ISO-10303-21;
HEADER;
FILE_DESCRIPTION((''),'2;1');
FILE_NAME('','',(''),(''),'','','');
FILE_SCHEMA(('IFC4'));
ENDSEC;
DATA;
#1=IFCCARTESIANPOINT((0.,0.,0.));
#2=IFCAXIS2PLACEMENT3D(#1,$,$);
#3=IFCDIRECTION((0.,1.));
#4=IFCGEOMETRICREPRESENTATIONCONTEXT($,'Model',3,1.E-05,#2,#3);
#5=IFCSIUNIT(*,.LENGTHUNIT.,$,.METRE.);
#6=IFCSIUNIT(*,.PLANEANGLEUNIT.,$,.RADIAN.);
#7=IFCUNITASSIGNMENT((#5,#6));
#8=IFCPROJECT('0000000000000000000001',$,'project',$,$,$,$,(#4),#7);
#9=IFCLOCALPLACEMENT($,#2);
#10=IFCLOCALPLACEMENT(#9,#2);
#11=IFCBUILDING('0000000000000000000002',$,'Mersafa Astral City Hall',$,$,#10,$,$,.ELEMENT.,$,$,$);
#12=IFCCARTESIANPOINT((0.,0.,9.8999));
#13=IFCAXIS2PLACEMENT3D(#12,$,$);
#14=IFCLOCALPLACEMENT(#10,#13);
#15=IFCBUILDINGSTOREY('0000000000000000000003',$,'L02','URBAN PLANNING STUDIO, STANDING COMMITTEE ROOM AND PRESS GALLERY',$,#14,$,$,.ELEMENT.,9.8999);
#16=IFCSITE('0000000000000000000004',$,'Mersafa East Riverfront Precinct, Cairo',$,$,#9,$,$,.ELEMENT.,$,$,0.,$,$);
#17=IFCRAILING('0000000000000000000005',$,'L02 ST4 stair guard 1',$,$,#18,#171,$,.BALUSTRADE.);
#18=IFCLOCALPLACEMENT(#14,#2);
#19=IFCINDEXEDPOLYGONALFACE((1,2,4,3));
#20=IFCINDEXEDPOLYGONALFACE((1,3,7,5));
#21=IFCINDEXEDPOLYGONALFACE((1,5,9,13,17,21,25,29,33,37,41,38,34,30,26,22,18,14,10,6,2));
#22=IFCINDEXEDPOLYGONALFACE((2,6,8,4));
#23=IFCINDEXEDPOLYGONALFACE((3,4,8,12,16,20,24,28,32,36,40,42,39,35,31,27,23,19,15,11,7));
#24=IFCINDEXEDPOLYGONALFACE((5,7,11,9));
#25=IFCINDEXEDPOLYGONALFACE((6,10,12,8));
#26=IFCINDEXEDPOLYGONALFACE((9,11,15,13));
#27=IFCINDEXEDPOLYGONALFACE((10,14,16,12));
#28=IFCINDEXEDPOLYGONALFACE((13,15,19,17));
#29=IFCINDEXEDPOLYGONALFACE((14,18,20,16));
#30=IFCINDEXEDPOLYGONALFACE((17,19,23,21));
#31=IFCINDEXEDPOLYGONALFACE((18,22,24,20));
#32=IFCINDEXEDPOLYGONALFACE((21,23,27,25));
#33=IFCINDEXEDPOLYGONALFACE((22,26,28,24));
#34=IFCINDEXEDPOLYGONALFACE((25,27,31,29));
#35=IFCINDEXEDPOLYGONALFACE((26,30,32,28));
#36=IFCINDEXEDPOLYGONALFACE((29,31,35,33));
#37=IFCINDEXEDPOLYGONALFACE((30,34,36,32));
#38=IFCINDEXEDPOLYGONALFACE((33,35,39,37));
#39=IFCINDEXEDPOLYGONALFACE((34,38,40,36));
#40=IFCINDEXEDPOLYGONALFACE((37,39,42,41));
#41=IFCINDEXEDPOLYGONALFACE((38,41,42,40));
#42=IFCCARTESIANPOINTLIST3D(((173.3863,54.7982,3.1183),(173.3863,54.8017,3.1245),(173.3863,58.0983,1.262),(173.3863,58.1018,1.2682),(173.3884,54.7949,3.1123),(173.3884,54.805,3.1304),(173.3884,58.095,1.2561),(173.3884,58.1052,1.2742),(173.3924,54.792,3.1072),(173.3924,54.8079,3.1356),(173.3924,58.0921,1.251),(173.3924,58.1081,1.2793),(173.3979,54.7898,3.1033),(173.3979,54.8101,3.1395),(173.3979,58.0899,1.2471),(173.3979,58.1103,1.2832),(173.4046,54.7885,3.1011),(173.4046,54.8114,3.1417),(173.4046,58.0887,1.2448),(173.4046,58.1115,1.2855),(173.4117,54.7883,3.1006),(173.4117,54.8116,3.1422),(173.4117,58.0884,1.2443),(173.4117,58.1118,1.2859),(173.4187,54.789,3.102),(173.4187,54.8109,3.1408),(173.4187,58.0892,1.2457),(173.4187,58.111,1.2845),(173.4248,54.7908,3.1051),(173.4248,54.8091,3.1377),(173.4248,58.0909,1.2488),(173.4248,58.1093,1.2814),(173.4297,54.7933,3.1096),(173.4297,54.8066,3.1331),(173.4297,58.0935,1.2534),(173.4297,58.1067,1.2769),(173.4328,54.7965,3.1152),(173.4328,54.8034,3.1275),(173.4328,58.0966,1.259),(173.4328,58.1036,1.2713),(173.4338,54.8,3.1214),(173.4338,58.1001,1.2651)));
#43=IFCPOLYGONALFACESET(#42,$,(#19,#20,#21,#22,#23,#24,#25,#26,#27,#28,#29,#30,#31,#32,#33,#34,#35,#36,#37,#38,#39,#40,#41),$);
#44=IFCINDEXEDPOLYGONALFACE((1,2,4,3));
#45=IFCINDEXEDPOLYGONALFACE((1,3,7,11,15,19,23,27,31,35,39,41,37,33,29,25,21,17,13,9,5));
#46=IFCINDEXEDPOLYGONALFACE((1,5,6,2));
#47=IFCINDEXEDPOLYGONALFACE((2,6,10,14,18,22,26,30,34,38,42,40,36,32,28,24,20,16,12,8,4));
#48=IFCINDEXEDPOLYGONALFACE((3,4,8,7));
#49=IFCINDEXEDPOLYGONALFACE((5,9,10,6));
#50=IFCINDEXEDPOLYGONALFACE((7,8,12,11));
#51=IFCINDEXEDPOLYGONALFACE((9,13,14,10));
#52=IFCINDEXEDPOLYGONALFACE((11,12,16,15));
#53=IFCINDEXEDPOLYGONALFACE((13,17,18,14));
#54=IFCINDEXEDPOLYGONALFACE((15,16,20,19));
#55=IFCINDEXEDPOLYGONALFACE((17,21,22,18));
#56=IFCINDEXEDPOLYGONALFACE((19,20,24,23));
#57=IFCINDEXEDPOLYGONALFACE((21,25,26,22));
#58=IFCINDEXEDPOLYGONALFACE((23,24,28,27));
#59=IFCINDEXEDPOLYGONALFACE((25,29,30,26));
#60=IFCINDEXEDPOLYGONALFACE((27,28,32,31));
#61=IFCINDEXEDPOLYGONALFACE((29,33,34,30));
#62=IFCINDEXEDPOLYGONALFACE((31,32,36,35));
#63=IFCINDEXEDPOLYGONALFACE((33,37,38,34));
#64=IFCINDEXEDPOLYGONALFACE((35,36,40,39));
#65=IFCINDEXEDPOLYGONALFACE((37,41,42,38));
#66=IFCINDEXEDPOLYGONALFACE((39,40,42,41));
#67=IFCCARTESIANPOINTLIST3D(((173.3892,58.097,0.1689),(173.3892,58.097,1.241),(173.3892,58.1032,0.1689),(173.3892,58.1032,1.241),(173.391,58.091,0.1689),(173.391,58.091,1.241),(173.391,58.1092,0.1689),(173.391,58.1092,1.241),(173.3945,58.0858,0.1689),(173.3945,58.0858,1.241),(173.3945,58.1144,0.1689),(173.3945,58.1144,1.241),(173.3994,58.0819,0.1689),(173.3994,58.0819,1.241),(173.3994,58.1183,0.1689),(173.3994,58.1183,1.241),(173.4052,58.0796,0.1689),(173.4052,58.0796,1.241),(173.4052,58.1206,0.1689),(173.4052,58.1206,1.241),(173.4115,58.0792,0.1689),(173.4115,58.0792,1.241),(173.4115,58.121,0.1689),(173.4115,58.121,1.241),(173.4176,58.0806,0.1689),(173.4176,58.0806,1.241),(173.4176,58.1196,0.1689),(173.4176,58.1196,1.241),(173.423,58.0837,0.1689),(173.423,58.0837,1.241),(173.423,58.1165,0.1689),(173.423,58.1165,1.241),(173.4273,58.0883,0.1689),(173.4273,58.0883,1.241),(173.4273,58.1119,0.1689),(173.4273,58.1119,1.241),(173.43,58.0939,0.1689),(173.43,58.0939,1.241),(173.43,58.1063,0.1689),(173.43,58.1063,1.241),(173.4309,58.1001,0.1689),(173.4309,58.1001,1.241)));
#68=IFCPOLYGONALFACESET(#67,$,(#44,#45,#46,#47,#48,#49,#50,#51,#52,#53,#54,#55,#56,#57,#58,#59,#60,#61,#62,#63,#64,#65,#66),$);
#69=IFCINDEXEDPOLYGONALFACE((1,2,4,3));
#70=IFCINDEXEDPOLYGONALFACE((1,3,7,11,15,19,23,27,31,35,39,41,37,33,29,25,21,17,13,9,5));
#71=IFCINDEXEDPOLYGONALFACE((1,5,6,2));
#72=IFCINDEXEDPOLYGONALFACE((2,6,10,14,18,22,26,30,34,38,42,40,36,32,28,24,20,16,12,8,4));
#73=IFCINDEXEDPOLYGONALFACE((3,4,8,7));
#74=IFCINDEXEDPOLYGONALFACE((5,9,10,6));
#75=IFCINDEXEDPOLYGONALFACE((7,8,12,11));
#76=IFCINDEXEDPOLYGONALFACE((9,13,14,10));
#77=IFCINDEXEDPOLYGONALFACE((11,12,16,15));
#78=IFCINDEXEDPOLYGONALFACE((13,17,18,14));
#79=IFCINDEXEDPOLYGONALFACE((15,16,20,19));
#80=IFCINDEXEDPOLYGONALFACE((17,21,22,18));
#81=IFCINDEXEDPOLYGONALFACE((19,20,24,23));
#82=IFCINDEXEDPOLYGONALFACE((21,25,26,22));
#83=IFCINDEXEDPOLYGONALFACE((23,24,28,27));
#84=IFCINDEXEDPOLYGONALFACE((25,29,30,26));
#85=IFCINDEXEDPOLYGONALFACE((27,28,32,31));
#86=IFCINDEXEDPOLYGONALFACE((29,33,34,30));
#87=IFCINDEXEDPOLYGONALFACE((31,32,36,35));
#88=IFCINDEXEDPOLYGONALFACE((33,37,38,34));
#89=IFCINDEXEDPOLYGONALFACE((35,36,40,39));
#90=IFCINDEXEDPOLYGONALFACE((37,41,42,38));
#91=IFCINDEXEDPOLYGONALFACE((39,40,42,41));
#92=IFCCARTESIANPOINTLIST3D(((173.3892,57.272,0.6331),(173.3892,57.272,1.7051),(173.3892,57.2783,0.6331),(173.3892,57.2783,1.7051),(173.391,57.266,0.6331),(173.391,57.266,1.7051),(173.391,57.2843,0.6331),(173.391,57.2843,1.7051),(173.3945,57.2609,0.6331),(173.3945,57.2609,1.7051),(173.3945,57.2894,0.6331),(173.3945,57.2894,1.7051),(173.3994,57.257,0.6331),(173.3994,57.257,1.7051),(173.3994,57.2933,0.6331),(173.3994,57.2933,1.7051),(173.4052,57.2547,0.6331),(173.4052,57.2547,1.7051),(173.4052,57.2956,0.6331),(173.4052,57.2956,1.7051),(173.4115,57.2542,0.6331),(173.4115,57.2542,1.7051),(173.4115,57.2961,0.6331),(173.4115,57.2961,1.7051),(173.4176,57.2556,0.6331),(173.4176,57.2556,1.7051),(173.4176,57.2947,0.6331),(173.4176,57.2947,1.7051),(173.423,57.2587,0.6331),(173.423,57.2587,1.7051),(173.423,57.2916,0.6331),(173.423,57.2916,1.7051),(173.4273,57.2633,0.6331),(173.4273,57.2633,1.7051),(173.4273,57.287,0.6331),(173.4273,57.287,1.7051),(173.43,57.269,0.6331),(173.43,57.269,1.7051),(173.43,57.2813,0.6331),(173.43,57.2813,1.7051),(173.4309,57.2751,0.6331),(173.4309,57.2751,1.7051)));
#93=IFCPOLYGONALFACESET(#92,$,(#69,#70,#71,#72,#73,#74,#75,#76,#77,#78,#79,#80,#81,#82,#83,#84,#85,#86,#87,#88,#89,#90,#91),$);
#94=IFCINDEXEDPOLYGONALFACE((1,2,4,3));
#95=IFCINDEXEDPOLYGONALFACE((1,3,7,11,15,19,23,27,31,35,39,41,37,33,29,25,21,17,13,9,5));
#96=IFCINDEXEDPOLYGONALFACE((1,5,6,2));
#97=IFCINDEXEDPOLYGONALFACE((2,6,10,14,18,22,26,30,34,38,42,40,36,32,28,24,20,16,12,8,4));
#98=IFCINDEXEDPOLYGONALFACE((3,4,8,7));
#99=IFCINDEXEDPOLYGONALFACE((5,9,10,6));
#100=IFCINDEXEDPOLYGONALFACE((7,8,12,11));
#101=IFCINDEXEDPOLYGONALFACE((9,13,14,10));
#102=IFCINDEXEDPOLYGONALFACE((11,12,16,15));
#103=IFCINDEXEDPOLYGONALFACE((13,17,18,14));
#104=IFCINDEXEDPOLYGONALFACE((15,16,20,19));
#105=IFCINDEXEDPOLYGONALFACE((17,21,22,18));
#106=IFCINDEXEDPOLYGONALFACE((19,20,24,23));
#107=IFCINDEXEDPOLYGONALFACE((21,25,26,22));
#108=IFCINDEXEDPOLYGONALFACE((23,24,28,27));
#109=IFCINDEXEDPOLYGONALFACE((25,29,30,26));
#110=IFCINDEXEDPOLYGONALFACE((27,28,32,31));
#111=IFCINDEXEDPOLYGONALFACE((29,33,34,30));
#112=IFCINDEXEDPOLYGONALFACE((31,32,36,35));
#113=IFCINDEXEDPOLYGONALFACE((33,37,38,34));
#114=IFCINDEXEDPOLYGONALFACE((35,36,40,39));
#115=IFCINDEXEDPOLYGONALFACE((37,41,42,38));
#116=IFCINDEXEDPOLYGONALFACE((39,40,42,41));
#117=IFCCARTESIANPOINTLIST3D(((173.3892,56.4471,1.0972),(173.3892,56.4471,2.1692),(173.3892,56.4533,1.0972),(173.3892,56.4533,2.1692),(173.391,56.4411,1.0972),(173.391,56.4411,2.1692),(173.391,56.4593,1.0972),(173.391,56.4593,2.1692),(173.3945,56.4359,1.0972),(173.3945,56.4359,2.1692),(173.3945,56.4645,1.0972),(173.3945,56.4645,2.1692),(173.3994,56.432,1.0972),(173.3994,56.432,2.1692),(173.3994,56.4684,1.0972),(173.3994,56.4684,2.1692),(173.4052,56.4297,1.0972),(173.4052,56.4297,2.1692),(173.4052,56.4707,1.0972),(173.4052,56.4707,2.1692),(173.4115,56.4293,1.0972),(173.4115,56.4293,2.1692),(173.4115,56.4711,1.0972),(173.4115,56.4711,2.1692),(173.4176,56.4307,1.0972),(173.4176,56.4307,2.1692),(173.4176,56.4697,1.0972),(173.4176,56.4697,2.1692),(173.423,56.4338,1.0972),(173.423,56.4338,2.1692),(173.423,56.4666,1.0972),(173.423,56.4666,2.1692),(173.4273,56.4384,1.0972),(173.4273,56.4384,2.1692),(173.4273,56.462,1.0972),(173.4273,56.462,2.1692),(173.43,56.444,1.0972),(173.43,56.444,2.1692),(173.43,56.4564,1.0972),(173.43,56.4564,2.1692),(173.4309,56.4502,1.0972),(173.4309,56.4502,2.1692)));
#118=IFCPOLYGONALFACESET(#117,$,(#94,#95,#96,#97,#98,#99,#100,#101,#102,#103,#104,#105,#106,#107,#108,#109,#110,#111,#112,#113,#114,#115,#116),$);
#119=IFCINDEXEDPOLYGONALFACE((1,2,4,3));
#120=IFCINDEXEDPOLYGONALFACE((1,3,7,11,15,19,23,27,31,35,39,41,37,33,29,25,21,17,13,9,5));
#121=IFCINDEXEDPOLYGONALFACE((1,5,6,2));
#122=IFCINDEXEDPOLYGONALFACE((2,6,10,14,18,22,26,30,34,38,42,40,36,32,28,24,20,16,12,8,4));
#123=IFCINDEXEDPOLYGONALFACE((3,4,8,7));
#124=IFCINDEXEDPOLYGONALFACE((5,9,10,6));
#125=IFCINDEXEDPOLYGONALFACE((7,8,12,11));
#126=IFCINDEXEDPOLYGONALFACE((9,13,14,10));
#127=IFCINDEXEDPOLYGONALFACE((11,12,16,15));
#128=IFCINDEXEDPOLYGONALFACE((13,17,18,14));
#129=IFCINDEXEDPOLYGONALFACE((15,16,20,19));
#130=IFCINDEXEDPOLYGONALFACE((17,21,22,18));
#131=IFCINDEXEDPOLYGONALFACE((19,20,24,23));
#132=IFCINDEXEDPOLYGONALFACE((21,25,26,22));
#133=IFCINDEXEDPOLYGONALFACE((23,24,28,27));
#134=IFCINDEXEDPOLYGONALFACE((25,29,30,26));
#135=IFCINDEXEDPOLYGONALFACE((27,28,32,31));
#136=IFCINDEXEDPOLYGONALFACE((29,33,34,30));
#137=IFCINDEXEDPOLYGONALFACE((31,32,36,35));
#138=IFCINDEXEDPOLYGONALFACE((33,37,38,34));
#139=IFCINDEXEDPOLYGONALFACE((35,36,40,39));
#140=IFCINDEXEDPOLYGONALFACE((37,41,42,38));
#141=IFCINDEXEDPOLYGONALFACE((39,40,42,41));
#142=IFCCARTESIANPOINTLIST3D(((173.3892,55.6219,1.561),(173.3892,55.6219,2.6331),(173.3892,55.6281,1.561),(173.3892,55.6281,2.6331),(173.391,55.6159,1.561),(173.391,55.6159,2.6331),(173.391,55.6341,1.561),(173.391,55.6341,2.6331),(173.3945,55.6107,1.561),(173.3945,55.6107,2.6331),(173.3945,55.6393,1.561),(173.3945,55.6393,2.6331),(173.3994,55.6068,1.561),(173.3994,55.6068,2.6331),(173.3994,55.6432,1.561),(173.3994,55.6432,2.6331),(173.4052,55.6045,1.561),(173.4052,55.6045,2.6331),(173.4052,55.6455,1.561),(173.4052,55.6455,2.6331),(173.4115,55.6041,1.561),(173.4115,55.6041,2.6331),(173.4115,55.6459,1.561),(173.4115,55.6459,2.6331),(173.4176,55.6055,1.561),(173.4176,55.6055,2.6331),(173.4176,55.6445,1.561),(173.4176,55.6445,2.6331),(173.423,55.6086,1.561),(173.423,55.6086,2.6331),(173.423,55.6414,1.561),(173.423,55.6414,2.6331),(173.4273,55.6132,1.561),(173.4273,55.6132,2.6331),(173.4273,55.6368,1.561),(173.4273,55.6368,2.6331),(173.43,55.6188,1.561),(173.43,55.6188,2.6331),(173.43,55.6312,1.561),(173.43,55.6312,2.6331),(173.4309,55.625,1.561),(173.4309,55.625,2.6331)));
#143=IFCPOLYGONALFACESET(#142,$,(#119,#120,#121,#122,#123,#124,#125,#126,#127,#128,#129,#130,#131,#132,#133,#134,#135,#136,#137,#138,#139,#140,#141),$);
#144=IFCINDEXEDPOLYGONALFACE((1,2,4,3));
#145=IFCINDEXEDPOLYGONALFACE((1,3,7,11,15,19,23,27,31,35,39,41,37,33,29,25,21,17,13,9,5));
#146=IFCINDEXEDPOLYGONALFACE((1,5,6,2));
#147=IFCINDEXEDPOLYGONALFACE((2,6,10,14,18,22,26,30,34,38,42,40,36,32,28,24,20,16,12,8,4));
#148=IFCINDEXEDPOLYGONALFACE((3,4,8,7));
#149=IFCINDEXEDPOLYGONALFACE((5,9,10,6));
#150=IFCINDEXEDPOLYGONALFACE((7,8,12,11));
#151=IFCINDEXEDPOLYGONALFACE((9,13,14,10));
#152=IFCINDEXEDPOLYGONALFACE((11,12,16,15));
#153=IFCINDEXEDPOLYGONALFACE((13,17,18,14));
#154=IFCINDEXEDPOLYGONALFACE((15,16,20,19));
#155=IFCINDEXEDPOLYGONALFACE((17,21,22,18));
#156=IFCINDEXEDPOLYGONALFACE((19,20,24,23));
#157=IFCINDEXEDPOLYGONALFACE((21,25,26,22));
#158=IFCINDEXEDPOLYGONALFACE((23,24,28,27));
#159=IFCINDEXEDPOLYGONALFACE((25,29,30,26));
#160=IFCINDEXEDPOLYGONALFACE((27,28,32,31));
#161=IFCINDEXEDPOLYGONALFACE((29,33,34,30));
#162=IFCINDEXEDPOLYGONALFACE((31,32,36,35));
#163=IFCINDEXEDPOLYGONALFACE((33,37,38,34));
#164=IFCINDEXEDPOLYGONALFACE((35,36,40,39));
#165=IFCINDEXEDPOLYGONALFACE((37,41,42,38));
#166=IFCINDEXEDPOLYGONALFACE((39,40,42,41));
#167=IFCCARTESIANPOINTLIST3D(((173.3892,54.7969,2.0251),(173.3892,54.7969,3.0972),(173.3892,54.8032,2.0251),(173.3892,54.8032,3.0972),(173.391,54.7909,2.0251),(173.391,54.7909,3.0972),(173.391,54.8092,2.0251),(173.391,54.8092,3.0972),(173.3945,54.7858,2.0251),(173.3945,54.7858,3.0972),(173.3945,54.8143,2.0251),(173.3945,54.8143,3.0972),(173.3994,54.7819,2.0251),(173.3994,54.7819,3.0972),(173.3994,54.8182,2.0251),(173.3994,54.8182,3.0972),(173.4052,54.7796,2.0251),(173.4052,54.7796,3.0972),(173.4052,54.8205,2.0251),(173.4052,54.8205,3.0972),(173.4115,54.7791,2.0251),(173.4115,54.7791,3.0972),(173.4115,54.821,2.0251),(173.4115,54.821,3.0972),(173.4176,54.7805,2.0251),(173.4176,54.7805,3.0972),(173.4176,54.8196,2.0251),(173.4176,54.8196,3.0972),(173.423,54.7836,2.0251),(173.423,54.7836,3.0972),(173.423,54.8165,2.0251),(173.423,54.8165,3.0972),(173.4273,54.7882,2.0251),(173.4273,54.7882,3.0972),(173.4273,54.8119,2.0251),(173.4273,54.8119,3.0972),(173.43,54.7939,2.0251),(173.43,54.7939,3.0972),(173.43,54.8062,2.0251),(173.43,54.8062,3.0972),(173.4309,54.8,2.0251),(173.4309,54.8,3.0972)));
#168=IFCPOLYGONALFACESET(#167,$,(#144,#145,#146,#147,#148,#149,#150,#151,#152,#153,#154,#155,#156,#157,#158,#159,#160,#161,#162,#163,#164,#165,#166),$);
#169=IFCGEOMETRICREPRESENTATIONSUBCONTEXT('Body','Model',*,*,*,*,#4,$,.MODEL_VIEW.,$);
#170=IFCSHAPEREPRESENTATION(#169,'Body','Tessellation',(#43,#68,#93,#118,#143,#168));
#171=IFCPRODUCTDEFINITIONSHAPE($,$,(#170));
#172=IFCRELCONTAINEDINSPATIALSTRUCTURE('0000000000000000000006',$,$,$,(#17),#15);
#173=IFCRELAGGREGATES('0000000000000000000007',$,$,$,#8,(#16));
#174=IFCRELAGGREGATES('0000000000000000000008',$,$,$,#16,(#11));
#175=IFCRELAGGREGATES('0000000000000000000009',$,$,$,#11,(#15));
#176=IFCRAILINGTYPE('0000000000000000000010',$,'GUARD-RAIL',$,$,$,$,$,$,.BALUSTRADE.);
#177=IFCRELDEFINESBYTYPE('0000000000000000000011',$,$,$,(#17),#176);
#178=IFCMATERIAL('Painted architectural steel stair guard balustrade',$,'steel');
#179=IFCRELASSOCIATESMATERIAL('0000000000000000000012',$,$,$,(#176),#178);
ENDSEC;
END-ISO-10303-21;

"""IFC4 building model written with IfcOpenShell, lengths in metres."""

from ifc_helpers import new_model, si_unit, direction, frame, origin, origin_2d, place, context, subcontext, project, spatial, circle, extrude, material, type_object, element, save


model = new_model("IFC4")

# Units and contexts
model_context = context("Model", 3, precision=1e-05, world=origin(), true_north=direction((0.0, 1.0)))
body_context = subcontext(model_context, "Body", "Model", "MODEL_VIEW")
ifc_project = project(units=[si_unit("LENGTHUNIT", "METRE"), si_unit("PLANEANGLEUNIT", "RADIAN")], contexts=[model_context])

# Site, building, storey
site_placement = place(None, origin())
site = spatial("IfcSite", under=ifc_project, at=site_placement, Name="Mersafa East Riverfront Precinct, Cairo", CompositionType="ELEMENT", RefElevation=0.0)
building_placement = place(site_placement, origin())
building = spatial("IfcBuilding", under=site, at=building_placement, Name="Mersafa Astral City Hall", CompositionType="ELEMENT")
storey_placement = place(building_placement, frame((0.0, 0.0, 9.8999)))
storey = spatial("IfcBuildingStorey", under=building, at=storey_placement, Name="L02", Description="URBAN PLANNING STUDIO, STANDING COMMITTEE ROOM AND PRESS GALLERY", CompositionType="ELEMENT", Elevation=9.8999)

# Railing
ifc_material_1 = material(Name="Painted architectural steel stair guard balustrade", Category="steel")
railing_type_1 = type_object("IfcRailingType", Name="GUARD-RAIL", PredefinedType="BALUSTRADE", material=ifc_material_1)
railing_1_placement = place(storey_placement, frame((173.4099, 58.1001, 0.1689)))
element("IfcRailing", 1, at=railing_1_placement, inside=storey, type_object=railing_type_1, Name="L02 ST4 stair guard 1", PredefinedType="BALUSTRADE", context=body_context, shape_type="SweptSolid", body=[
    extrude(circle(Radius=0.0239, at=origin_2d()), frame((0.0, 0.0, 1.0962), z_axis=(0.0, -0.871584, 0.490246), x_axis=(1.0, 0.0, 0.0)), (0.0, 0.0, 1.0), 3.7864),
    extrude(circle(Radius=0.021, at=origin_2d()), origin(), (0.0, 0.0, 1.0), 1.072),
    extrude(circle(Radius=0.021, at=origin_2d()), frame((0.0, -0.825, 0.4641)), (0.0, 0.0, 1.0), 1.072),
    extrude(circle(Radius=0.021, at=origin_2d()), frame((0.0, -1.6499, 0.9282)), (0.0, 0.0, 1.0), 1.072),
    extrude(circle(Radius=0.021, at=origin_2d()), frame((0.0, -2.4751, 1.3921)), (0.0, 0.0, 1.0), 1.072),
    extrude(circle(Radius=0.021, at=origin_2d()), frame((0.0, -3.3, 1.8562)), (0.0, 0.0, 1.0), 1.072),
])

save(model, "model.ifc")
